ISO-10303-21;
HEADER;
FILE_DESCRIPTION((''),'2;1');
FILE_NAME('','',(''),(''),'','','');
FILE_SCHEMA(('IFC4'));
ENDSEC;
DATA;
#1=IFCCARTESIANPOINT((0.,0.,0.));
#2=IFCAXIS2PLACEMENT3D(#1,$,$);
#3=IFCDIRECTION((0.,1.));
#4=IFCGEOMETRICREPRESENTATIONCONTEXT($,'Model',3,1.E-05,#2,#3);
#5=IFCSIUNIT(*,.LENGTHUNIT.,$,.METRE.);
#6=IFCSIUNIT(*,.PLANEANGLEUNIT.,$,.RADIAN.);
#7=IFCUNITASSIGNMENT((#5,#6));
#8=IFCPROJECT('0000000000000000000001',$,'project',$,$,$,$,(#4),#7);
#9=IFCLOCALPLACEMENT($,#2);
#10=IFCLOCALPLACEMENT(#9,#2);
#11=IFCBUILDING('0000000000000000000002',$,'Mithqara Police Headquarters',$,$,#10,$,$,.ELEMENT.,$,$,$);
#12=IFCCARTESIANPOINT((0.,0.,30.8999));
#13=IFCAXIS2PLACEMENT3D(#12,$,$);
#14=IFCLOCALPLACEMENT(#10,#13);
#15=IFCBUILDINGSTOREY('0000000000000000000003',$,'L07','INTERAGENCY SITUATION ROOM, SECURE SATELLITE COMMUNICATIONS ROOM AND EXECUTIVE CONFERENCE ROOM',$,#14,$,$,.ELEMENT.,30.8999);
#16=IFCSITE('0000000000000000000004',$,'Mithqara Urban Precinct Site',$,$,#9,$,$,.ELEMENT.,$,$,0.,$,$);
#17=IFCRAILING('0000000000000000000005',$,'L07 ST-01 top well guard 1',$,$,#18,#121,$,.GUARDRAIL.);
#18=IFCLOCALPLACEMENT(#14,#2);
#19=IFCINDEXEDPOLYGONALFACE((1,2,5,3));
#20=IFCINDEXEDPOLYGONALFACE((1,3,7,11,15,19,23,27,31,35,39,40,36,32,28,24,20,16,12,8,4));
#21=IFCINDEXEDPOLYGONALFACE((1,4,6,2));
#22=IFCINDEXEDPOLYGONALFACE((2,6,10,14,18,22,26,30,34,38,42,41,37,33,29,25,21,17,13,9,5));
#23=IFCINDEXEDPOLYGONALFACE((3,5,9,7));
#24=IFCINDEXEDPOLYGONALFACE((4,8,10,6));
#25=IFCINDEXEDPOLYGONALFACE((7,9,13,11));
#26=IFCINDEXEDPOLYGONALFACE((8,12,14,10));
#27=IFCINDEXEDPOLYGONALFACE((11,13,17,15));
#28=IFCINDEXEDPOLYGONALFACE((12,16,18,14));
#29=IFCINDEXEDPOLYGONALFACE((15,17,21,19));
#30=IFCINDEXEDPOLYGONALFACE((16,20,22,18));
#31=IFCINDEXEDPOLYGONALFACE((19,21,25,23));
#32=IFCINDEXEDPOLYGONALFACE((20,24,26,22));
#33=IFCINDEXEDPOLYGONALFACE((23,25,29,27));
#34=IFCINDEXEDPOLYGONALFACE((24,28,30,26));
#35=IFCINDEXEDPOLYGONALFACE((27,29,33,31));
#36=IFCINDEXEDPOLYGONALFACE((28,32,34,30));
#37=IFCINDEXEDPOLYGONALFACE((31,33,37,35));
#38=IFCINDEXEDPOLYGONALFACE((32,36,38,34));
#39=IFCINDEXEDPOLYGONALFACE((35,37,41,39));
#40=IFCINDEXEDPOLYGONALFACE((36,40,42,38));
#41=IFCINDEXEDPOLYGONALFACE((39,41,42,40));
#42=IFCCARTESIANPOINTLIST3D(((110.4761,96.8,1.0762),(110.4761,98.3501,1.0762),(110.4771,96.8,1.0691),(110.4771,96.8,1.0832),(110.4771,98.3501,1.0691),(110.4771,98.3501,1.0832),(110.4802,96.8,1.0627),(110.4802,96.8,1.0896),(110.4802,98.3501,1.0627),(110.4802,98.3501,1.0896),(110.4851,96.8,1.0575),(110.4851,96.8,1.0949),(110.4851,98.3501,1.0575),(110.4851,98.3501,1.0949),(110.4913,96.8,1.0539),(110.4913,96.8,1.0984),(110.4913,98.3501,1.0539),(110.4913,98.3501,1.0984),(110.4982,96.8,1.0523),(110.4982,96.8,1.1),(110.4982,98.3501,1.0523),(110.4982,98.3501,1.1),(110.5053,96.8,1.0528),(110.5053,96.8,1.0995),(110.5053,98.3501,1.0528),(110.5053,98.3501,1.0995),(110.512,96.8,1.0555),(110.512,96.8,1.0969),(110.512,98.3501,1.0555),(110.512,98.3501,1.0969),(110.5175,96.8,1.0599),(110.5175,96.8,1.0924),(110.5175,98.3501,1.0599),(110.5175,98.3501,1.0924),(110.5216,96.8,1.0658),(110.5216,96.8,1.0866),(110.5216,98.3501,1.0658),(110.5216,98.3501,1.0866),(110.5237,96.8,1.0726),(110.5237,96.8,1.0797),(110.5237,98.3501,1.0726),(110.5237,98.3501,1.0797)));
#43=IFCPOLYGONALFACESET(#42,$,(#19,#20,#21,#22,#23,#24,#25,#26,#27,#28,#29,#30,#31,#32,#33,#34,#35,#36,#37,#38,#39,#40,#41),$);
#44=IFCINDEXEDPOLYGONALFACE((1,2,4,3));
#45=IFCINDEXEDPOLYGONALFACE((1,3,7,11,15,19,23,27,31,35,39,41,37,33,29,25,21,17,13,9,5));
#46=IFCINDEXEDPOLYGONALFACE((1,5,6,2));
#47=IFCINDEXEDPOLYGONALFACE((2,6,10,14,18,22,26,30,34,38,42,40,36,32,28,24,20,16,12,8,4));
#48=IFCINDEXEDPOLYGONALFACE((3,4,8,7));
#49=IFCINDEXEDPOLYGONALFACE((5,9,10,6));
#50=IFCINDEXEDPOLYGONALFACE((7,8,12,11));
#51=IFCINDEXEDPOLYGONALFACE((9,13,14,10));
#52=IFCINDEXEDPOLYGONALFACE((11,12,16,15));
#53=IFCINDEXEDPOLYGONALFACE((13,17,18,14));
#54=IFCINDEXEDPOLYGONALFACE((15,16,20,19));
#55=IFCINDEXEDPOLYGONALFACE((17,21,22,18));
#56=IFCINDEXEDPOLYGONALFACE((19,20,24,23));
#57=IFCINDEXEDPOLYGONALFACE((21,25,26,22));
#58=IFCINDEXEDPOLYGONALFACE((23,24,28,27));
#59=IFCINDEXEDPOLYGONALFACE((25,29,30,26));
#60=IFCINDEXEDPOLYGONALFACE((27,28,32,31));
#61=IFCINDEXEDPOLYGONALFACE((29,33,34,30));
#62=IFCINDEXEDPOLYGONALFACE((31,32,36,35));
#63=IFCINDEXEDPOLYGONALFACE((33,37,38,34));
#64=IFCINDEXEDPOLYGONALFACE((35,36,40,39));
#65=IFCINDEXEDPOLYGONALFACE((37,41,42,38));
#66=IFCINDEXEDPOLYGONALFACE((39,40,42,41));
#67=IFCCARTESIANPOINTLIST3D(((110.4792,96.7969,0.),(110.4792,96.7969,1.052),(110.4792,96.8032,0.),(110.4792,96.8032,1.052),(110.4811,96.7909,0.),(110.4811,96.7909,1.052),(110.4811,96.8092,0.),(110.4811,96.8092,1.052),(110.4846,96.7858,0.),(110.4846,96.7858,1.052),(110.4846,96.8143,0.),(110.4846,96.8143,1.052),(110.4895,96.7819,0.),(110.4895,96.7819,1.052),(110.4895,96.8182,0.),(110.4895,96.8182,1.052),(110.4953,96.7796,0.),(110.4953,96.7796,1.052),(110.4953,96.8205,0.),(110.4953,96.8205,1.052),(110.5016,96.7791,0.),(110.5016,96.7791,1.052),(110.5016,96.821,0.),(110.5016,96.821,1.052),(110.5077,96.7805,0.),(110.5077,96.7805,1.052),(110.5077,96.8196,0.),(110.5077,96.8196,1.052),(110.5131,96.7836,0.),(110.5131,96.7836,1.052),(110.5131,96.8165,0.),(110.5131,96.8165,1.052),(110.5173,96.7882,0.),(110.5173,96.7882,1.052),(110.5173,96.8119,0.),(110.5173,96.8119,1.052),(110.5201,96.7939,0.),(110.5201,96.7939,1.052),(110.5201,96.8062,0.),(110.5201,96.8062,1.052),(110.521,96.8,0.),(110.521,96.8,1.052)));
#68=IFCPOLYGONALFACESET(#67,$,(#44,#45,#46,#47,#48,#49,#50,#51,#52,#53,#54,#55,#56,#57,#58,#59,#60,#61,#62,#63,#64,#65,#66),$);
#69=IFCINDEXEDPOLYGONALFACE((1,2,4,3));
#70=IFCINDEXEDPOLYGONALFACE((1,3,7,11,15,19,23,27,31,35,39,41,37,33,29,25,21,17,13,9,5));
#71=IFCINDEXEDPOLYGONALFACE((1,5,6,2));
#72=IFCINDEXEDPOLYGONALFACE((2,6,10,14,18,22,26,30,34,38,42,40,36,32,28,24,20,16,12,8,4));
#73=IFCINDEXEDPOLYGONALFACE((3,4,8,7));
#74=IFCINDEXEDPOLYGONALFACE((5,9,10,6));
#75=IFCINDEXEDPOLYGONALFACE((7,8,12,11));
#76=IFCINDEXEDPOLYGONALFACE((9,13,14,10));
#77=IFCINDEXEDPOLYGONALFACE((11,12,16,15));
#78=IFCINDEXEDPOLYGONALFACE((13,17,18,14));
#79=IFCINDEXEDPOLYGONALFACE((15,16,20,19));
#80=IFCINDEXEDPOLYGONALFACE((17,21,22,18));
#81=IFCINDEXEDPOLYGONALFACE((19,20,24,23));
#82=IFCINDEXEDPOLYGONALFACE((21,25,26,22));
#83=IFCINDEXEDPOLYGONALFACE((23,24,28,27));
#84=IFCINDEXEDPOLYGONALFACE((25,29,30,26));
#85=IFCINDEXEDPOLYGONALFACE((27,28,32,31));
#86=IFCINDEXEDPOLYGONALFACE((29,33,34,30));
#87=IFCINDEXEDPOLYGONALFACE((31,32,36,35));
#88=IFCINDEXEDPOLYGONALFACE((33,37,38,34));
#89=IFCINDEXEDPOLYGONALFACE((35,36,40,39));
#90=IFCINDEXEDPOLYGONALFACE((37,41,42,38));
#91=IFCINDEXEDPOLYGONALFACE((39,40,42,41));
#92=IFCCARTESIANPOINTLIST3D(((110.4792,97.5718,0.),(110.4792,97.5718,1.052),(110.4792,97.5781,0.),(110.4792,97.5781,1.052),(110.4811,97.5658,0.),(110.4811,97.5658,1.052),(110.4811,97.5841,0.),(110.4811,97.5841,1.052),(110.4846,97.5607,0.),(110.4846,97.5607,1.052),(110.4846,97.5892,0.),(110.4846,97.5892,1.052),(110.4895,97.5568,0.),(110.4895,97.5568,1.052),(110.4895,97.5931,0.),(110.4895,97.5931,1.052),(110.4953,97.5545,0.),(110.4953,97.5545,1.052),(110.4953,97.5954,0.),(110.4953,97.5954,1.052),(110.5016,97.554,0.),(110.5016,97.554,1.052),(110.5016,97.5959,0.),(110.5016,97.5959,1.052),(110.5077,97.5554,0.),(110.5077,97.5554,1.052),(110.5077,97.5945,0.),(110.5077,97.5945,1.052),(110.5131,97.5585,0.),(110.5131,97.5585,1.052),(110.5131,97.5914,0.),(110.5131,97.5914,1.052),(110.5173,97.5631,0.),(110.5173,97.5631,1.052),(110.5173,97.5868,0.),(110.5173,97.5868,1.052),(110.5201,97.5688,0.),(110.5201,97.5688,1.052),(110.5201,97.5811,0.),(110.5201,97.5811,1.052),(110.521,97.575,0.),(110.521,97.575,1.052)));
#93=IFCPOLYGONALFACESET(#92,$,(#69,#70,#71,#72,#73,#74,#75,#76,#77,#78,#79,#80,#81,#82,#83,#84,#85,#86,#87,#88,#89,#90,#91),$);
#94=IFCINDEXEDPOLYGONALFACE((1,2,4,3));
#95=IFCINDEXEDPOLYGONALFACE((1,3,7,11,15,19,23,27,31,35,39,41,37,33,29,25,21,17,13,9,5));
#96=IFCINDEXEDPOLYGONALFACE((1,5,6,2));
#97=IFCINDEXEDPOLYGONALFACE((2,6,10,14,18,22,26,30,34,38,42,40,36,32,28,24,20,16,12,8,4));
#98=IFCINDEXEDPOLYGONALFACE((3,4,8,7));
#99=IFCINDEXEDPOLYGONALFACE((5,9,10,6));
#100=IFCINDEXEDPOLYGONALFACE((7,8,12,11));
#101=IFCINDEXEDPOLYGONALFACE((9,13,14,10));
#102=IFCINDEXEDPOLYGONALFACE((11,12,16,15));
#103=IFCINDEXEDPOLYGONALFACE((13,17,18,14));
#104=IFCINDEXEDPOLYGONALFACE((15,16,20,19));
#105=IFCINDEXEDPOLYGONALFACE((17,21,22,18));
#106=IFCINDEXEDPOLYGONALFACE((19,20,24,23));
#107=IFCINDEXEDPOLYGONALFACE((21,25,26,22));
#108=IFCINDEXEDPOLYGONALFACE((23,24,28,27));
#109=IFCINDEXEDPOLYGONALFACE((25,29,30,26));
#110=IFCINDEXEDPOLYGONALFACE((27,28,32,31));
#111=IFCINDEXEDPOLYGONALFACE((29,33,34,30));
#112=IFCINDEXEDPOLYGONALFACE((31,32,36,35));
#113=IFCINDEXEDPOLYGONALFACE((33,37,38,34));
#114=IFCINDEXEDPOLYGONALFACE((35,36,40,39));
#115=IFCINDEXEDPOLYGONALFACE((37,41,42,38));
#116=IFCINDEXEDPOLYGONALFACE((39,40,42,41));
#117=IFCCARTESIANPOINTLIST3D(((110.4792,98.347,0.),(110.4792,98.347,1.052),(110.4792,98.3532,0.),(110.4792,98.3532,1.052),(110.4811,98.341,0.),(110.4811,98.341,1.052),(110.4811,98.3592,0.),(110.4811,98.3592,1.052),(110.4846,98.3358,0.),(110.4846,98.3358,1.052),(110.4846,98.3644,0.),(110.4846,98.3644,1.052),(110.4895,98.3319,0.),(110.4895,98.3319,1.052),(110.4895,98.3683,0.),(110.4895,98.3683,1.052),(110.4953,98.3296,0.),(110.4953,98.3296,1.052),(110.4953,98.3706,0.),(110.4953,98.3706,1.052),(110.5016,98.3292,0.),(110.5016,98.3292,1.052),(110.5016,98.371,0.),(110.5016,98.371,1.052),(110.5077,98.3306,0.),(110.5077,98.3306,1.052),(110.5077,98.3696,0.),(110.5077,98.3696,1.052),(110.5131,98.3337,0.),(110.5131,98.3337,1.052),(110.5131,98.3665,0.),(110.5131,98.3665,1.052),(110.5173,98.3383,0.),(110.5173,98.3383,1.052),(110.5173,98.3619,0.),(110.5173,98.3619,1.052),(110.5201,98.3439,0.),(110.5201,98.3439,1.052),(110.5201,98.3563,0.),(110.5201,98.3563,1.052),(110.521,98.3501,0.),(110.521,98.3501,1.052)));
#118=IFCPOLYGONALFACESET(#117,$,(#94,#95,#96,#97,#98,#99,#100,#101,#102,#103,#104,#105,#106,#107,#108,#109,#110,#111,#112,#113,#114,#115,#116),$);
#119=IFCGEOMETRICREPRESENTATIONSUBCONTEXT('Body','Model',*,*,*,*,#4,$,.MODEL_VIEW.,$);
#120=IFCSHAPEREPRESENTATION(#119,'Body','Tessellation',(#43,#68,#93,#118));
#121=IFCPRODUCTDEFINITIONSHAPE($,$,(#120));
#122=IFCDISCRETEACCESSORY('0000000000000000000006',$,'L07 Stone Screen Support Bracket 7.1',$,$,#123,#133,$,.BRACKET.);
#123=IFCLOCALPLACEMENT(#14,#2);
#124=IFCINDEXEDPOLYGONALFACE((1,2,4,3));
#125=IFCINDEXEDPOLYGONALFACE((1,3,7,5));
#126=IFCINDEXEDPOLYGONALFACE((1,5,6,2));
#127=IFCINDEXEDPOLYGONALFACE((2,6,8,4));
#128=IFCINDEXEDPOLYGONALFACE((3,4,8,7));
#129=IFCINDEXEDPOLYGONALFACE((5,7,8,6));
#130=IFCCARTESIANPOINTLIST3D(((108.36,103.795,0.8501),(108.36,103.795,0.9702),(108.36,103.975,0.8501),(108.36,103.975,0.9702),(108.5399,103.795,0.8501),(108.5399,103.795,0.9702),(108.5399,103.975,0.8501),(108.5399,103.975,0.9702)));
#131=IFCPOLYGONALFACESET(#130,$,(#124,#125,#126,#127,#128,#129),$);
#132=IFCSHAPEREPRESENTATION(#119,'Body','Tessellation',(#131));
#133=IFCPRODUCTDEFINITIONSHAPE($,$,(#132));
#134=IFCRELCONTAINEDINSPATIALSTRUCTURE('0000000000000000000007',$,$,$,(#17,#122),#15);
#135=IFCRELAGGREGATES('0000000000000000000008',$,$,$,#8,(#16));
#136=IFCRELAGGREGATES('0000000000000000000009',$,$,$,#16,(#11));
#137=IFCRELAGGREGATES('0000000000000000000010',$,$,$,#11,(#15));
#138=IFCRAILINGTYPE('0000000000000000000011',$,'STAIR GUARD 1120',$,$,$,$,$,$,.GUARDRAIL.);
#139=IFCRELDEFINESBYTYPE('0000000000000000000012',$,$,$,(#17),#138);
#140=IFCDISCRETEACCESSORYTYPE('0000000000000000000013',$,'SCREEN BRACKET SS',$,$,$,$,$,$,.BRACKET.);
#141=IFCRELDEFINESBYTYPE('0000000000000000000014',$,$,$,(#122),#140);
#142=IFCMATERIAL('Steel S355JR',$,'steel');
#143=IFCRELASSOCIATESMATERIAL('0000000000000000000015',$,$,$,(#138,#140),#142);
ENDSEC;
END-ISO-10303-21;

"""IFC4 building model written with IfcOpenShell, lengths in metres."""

from ifc_helpers import new_model, si_unit, direction, frame, origin, origin_2d, place, context, subcontext, project, spatial, rectangle, circle, extrude, material, type_object, element, save


model = new_model("IFC4")

# Units and contexts
model_context = context("Model", 3, precision=1e-05, world=origin(), true_north=direction((0.0, 1.0)))
body_context = subcontext(model_context, "Body", "Model", "MODEL_VIEW")
ifc_project = project(units=[si_unit("LENGTHUNIT", "METRE"), si_unit("PLANEANGLEUNIT", "RADIAN")], contexts=[model_context])

# Site, building, storey
site_placement = place(None, origin())
site = spatial("IfcSite", under=ifc_project, at=site_placement, Name="Mithqara Urban Precinct Site", CompositionType="ELEMENT", RefElevation=0.0)
building_placement = place(site_placement, origin())
building = spatial("IfcBuilding", under=site, at=building_placement, Name="Mithqara Police Headquarters", CompositionType="ELEMENT")
storey_placement = place(building_placement, frame((0.0, 0.0, 30.8999)))
storey = spatial("IfcBuildingStorey", under=building, at=storey_placement, Name="L07", Description="INTERAGENCY SITUATION ROOM, SECURE SATELLITE COMMUNICATIONS ROOM AND EXECUTIVE CONFERENCE ROOM", CompositionType="ELEMENT", Elevation=30.8999)

# Shared definitions
ifc_material_1 = material(Name="Steel S355JR", Category="steel")

# Railing
railing_type = type_object("IfcRailingType", Name="STAIR GUARD 1120", PredefinedType="GUARDRAIL", material=ifc_material_1)
railing_placement = place(storey_placement, frame((110.5, 96.8, 0.0)))
element("IfcRailing", 1, at=railing_placement, inside=storey, type_object=railing_type, Name="L07 ST-01 top well guard 1", PredefinedType="GUARDRAIL", context=body_context, shape_type="SweptSolid", body=[
    extrude(circle(Radius=0.0239, at=origin_2d()), frame((0.0, 0.0, 1.0762), z_axis=(0.0, 1.0, 0.0), x_axis=(-1.0, 0.0, 0.0)), (0.0, 0.0, 1.0), 1.55),
    extrude(circle(Radius=0.021, at=origin_2d()), origin(), (0.0, 0.0, 1.0), 1.052),
    extrude(circle(Radius=0.021, at=origin_2d()), frame((0.0, 0.7749, 0.0)), (0.0, 0.0, 1.0), 1.052),
    extrude(circle(Radius=0.021, at=origin_2d()), frame((0.0, 1.55, 0.0)), (0.0, 0.0, 1.0), 1.052),
])

# Discrete accessory
discrete_accessory_type = type_object("IfcDiscreteAccessoryType", Name="SCREEN BRACKET SS", PredefinedType="BRACKET", material=ifc_material_1)
discrete_accessory_placement = place(storey_placement, frame((108.45, 103.885, 0.8501), z_axis=(0.0, 0.0, 1.0), x_axis=(0.0, 1.0, 0.0)))
element("IfcDiscreteAccessory", 2, at=discrete_accessory_placement, inside=storey, type_object=discrete_accessory_type, Name="L07 Stone Screen Support Bracket 7.1", PredefinedType="BRACKET", context=body_context, shape_type="SweptSolid", body=[
    extrude(rectangle(XDim=0.1799, YDim=0.1799, at=origin_2d()), origin(), (0.0, 0.0, 1.0), 0.1201),
])

save(model, "model.ifc")
